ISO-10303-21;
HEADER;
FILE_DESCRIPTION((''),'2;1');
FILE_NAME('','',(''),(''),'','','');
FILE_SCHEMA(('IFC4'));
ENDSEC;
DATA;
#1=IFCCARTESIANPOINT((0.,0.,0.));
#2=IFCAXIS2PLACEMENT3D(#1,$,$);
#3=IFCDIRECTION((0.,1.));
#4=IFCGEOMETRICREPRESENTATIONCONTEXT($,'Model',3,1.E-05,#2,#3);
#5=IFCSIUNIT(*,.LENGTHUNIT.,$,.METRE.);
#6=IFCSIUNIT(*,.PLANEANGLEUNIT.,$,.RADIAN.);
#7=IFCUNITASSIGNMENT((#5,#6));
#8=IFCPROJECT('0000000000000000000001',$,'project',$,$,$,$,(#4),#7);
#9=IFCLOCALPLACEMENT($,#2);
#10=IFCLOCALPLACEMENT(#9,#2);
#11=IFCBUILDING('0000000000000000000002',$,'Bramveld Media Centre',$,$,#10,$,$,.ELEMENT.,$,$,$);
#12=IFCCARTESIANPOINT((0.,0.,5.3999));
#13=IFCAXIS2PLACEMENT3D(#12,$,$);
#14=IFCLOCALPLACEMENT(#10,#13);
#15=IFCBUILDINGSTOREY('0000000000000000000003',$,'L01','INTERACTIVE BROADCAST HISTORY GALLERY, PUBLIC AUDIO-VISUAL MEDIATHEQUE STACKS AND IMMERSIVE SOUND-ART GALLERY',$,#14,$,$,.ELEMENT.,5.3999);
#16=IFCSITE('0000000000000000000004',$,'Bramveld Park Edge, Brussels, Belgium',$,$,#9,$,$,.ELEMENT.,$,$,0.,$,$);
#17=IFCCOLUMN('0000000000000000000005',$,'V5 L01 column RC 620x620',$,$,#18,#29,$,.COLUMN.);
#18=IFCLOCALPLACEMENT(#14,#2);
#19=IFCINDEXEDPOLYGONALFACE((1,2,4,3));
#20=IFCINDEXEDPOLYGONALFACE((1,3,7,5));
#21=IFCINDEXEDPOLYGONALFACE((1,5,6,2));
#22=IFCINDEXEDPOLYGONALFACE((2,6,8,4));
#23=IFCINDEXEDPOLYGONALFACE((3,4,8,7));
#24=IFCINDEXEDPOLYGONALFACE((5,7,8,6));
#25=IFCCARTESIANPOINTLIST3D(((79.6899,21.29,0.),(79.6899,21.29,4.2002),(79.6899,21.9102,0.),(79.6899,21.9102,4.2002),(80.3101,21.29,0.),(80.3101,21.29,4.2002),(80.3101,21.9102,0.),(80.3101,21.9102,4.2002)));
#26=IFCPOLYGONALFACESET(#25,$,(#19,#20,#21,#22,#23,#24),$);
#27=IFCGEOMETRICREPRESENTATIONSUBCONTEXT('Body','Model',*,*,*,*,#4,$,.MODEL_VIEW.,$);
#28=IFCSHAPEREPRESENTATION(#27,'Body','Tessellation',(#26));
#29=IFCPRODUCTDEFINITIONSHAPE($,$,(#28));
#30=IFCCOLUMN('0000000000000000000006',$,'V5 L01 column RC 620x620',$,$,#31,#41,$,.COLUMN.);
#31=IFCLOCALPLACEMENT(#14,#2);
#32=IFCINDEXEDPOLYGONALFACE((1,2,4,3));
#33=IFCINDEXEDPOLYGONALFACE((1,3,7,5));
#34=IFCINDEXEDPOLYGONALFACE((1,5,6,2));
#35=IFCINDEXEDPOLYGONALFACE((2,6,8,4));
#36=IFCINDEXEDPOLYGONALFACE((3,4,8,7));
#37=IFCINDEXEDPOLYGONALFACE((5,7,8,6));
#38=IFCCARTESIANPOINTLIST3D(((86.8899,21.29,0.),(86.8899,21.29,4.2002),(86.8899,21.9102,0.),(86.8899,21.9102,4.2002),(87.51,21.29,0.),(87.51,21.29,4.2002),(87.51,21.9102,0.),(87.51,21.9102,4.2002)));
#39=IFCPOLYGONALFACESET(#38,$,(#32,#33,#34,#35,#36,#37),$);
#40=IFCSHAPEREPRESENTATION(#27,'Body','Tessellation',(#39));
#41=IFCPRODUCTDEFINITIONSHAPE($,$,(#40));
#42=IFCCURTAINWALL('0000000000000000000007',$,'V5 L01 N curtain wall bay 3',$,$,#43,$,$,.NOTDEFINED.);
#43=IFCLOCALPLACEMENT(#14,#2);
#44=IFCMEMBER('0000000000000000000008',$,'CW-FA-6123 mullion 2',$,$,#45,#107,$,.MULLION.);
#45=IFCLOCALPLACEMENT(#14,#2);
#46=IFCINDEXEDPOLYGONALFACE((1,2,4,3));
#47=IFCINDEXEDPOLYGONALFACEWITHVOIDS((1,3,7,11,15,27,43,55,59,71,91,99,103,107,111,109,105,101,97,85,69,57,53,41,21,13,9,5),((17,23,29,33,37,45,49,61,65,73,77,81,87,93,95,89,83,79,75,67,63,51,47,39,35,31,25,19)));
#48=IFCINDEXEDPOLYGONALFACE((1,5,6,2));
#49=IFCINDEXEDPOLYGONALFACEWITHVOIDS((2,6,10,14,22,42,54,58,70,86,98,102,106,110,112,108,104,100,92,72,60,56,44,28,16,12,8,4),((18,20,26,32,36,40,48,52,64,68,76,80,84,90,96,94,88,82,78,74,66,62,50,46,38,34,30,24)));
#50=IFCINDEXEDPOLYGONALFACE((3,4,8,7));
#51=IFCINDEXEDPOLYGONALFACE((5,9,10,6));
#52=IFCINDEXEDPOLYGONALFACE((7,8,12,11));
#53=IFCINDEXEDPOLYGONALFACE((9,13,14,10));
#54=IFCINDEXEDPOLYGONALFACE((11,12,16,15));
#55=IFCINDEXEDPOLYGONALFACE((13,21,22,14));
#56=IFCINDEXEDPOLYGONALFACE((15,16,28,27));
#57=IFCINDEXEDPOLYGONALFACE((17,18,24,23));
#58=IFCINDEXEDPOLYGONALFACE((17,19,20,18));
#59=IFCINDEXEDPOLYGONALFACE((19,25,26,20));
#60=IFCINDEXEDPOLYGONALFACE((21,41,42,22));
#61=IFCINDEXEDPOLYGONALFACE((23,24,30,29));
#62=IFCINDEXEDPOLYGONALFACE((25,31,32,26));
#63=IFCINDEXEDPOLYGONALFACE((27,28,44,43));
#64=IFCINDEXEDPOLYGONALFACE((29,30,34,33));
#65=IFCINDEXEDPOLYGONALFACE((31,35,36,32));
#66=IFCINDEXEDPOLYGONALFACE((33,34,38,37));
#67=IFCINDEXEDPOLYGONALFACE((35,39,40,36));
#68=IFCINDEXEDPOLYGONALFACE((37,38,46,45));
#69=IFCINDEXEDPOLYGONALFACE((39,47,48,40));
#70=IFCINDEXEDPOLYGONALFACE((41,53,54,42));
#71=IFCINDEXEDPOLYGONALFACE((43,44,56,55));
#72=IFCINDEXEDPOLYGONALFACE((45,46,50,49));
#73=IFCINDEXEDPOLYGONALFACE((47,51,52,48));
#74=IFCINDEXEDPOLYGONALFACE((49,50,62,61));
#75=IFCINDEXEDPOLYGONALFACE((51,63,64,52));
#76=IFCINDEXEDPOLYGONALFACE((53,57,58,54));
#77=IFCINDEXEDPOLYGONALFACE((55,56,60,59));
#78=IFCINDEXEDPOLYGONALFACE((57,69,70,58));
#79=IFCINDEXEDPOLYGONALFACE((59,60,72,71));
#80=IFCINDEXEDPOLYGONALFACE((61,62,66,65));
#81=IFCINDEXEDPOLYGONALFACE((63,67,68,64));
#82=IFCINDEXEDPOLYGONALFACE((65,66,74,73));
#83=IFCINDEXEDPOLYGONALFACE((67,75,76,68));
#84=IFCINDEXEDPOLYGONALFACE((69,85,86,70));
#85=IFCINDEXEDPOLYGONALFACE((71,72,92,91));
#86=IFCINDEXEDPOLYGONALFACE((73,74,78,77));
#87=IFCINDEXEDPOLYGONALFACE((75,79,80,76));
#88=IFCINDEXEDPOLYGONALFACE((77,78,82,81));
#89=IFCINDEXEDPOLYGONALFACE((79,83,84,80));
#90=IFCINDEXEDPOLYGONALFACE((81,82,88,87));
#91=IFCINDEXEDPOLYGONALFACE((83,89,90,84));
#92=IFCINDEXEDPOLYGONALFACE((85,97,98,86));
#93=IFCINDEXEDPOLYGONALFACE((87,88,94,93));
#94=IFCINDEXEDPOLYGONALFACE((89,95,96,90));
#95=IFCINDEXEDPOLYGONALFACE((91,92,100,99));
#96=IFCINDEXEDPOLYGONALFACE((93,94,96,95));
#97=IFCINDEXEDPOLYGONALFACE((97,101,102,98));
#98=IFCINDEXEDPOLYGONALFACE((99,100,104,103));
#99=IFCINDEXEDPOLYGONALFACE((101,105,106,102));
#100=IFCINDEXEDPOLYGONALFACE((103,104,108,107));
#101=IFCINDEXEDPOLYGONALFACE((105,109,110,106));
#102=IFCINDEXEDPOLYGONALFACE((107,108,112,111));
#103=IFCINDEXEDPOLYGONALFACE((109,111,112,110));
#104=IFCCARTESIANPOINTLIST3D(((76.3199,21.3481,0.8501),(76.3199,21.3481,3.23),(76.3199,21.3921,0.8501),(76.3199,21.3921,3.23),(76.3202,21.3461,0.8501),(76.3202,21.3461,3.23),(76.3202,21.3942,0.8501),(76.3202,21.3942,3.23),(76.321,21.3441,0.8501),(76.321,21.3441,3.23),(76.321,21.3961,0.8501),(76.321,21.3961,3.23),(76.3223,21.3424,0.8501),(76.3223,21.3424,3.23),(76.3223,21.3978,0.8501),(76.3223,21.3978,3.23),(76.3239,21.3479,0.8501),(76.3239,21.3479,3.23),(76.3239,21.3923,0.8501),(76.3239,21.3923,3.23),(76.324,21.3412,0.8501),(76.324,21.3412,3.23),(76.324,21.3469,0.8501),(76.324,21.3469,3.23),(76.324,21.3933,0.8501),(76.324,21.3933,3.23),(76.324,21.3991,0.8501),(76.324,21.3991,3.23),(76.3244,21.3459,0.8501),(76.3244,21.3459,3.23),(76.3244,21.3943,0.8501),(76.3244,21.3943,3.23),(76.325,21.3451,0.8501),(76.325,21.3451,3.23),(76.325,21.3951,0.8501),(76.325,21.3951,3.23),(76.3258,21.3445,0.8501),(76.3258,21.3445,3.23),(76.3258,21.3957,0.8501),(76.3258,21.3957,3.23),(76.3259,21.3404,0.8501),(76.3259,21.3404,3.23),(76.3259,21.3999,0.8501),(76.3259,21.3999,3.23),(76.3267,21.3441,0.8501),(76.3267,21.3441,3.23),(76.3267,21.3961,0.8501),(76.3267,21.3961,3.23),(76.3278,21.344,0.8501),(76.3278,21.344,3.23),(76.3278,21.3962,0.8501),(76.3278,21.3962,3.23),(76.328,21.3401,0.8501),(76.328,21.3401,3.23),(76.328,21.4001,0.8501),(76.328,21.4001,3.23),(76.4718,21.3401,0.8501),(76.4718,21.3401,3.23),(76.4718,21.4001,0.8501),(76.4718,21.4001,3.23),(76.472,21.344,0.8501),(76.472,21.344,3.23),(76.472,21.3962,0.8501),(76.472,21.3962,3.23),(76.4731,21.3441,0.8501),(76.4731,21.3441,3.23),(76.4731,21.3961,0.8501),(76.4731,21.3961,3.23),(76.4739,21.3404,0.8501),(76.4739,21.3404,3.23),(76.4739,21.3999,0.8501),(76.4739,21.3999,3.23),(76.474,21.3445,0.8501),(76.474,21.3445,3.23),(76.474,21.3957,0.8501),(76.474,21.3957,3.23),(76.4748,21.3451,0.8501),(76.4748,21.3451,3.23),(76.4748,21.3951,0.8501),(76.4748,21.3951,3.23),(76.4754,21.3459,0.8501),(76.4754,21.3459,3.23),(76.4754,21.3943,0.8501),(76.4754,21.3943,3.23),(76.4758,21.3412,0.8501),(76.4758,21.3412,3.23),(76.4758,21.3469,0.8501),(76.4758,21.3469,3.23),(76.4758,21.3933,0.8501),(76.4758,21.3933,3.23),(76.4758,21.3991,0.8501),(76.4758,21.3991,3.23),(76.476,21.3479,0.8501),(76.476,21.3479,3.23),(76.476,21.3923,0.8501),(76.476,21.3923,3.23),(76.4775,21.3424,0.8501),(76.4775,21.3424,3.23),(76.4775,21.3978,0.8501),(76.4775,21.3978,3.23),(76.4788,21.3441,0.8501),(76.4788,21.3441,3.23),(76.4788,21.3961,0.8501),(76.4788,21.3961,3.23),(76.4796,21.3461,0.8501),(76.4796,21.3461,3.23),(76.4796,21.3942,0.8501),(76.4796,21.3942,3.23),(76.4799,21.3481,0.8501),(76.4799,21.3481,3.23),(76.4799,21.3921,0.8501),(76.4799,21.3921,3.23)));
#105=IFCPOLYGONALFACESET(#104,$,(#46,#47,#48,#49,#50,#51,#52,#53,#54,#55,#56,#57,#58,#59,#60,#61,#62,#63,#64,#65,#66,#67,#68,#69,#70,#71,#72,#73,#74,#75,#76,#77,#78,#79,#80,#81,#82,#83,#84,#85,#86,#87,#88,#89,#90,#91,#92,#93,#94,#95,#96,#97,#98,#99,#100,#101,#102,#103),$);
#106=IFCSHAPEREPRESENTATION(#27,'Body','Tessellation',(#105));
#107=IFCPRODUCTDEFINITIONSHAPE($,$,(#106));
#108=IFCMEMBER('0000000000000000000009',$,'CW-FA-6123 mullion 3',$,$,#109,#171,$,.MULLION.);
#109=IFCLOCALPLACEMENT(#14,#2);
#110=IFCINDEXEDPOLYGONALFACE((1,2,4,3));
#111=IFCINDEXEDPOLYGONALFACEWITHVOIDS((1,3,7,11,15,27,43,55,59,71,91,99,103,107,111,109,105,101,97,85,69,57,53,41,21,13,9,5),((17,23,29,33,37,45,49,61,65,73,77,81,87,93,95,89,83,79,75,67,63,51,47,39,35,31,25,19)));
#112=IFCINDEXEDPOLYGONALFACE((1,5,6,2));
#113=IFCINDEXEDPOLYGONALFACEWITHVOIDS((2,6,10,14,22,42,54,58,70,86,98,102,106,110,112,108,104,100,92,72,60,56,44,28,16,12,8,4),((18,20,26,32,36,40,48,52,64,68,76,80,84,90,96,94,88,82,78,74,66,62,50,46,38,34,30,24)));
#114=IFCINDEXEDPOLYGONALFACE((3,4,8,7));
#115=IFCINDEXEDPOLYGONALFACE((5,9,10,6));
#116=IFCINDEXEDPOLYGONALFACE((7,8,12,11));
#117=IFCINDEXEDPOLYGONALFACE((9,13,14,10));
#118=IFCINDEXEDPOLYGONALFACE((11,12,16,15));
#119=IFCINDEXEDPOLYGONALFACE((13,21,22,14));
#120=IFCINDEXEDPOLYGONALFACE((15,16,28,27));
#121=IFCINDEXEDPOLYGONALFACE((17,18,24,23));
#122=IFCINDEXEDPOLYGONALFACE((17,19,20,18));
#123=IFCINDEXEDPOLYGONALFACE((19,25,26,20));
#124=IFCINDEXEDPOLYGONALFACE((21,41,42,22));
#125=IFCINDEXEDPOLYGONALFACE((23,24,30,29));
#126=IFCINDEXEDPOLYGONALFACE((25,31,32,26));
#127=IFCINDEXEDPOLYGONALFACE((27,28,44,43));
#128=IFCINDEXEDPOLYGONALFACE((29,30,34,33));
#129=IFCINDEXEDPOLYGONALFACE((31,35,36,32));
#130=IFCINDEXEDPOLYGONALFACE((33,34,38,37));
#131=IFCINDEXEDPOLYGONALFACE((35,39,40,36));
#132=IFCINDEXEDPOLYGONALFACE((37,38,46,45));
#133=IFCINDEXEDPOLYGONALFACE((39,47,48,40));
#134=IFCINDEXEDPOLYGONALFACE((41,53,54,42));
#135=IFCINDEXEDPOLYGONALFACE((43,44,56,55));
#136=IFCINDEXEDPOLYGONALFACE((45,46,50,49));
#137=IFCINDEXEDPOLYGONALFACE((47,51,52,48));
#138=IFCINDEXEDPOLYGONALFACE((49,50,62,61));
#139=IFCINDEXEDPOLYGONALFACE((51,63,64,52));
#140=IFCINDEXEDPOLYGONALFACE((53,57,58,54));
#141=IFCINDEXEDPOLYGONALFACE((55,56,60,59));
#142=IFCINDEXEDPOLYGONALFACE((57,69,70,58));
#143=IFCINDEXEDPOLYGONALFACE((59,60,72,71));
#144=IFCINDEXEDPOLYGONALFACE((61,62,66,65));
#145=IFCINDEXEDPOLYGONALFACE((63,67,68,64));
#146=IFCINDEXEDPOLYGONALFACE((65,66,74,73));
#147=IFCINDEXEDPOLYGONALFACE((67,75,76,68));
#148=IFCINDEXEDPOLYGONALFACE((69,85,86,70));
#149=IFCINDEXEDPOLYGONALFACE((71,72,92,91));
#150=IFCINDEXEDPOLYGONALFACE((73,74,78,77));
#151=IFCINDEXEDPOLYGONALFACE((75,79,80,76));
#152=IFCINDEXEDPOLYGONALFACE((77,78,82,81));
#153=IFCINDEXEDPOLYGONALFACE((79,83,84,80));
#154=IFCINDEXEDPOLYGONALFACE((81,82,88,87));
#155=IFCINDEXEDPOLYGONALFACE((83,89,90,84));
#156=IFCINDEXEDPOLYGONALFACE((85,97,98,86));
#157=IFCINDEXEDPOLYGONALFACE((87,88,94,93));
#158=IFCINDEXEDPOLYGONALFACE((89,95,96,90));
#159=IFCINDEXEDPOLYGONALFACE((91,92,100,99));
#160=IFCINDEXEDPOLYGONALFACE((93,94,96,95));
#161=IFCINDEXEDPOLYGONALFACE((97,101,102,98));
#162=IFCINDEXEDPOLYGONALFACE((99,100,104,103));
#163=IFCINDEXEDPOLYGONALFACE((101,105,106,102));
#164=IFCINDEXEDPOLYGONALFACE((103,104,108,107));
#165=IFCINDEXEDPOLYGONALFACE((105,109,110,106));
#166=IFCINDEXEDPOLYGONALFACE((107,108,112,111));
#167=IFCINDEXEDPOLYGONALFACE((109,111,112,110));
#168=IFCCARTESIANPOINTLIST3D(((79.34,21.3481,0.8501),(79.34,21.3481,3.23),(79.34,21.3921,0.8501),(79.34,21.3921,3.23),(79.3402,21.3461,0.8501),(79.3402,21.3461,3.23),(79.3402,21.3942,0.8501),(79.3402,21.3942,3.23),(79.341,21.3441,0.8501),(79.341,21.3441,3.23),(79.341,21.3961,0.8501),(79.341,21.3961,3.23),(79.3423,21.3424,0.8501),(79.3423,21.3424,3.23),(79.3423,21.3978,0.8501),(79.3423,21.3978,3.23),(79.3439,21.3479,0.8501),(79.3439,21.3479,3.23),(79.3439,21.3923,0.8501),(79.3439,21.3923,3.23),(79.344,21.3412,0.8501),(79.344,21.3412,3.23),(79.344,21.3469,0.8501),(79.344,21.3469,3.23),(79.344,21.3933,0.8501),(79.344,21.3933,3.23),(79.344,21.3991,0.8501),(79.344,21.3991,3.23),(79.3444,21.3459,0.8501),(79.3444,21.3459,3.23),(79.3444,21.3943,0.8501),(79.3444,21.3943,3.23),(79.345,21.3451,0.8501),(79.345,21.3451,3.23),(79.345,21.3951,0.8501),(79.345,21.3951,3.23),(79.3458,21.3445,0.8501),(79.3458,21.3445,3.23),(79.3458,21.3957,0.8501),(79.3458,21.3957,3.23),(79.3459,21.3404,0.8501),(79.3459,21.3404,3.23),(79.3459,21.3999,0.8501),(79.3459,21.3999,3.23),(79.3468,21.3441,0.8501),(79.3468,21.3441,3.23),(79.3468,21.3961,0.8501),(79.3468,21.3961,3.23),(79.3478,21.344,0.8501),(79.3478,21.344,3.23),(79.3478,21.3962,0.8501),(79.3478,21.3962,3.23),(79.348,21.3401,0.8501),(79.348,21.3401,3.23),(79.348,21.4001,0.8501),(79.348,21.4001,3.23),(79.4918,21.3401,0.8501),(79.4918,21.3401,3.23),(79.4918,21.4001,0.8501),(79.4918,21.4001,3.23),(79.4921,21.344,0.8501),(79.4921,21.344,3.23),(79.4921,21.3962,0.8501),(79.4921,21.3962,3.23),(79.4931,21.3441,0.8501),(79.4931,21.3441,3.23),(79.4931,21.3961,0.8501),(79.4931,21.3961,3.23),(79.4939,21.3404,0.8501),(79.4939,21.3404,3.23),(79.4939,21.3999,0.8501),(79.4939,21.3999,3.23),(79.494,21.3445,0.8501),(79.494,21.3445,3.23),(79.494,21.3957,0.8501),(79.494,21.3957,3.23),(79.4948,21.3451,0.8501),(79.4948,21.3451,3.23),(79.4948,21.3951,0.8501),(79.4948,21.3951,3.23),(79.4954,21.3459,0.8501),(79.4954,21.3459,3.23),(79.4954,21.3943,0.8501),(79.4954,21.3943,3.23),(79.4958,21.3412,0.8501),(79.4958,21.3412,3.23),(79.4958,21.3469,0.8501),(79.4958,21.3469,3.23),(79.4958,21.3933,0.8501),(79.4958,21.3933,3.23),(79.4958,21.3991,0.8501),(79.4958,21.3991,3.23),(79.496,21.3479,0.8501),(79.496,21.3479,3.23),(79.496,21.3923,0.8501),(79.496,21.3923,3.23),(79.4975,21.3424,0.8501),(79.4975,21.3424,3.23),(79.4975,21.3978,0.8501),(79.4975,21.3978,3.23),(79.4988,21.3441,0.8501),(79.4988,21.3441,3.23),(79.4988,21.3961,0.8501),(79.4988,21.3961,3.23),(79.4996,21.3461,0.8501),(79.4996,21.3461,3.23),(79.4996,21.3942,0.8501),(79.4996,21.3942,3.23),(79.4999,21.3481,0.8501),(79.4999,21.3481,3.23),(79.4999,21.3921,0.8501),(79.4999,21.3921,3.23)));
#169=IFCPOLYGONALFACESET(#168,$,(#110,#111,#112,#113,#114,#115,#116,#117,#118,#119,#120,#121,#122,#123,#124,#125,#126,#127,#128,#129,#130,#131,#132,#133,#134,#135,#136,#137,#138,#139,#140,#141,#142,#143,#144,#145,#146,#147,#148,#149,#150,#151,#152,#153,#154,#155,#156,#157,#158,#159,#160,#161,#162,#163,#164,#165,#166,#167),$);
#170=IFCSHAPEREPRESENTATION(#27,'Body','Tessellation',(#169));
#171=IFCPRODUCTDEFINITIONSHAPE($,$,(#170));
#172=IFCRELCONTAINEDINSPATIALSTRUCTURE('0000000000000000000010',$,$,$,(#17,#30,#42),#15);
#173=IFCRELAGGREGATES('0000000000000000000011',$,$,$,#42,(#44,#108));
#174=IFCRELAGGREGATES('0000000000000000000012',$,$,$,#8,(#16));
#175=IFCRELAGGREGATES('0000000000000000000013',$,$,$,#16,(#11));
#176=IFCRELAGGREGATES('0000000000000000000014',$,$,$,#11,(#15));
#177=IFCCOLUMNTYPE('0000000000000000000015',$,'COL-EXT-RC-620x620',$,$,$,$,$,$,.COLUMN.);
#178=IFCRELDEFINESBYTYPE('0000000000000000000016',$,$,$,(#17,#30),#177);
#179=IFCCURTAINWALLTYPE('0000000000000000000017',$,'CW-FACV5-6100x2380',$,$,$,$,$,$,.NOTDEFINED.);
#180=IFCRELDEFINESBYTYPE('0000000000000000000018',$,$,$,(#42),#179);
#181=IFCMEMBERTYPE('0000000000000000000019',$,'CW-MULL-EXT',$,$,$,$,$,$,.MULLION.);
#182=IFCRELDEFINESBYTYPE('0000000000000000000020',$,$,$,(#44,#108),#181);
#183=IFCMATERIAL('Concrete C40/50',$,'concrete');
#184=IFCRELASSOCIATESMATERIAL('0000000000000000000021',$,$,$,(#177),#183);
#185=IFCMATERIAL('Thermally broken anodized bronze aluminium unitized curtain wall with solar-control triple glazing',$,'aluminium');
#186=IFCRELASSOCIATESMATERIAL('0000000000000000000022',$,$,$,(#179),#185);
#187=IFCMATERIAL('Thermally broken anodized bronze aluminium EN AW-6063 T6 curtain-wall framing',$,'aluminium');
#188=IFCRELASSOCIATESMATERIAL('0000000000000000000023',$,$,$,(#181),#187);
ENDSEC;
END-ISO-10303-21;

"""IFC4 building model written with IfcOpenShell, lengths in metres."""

from ifc_helpers import new_model, si_unit, direction, frame, origin, origin_2d, place, context, subcontext, project, spatial, rectangle, hollow_rectangle, extrude, material, material_profile, profile_set, type_object, element, aggregate, save


model = new_model("IFC4")

# Units and contexts
model_context = context("Model", 3, precision=1e-05, world=origin(), true_north=direction((0.0, 1.0)))
body_context = subcontext(model_context, "Body", "Model", "MODEL_VIEW")
ifc_project = project(units=[si_unit("LENGTHUNIT", "METRE"), si_unit("PLANEANGLEUNIT", "RADIAN")], contexts=[model_context])

# Site, building, storey
site_placement = place(None, origin())
site = spatial("IfcSite", under=ifc_project, at=site_placement, Name="Bramveld Park Edge, Brussels, Belgium", CompositionType="ELEMENT", RefElevation=0.0)
building_placement = place(site_placement, origin())
building = spatial("IfcBuilding", under=site, at=building_placement, Name="Bramveld Media Centre", CompositionType="ELEMENT")
storey_placement = place(building_placement, frame((0.0, 0.0, 5.3999)))
storey = spatial("IfcBuildingStorey", under=building, at=storey_placement, Name="L01", Description="INTERACTIVE BROADCAST HISTORY GALLERY, PUBLIC AUDIO-VISUAL MEDIATHEQUE STACKS AND IMMERSIVE SOUND-ART GALLERY", CompositionType="ELEMENT", Elevation=5.3999)

# Columns
ifc_material_1 = material(Name="Concrete C40/50", Category="concrete")
ifc_material_profile_1 = material_profile(ifc_material_1, rectangle(XDim=0.6201, YDim=0.6201, at=origin_2d()), Name="RC 620x620")
ifc_profile_set_1 = profile_set([ifc_material_profile_1], Name="Concrete C40/50")
column_type = type_object("IfcColumnType", Name="COL-EXT-RC-620x620", PredefinedType="COLUMN", material=ifc_profile_set_1)
for number, where, z_axis, x_axis, name in (
    (1, (80.0, 21.6001, 0.0), (0.0, 0.0, 1.0), (1.0, 0.0, 0.0), "V5 L01 column RC 620x620"),
    (2, (87.2, 21.6001, 0.0), (0.0, 0.0, 1.0), (1.0, 0.0, 0.0), "V5 L01 column RC 620x620"),
):
    element("IfcColumn", number, at=place(storey_placement, frame(where, z_axis=z_axis, x_axis=x_axis)), inside=storey, type_object=column_type, Name=name, PredefinedType="COLUMN", context=body_context, shape_type="SweptSolid", body=[
        extrude(rectangle(XDim=0.6201, YDim=0.6201, at=origin_2d()), origin(), (0.0, 0.0, 1.0), 4.2002),
    ])

# Curtain wall, members
ifc_material_2 = material(Name="Thermally broken anodized bronze aluminium unitized curtain wall with solar-control triple glazing", Category="aluminium")
curtain_wall_type = type_object("IfcCurtainWallType", Name="CW-FACV5-6100x2380", PredefinedType="NOTDEFINED", material=ifc_material_2)
curtain_wall_1_placement = place(storey_placement, origin())
curtain_wall_1 = element("IfcCurtainWall", 3, at=curtain_wall_1_placement, inside=storey, type_object=curtain_wall_type, Name="V5 L01 N curtain wall bay 3", PredefinedType="NOTDEFINED")
ifc_material_3 = material(Name="Thermally broken anodized bronze aluminium EN AW-6063 T6 curtain-wall framing", Category="aluminium")
ifc_material_profile_2 = material_profile(ifc_material_3, hollow_rectangle(XDim=0.0601, YDim=0.1599, WallThickness=0.0039, InnerFilletRadius=0.0039, OuterFilletRadius=0.0081, at=origin_2d()), Name="AL-MULL 60x160")
ifc_profile_set_2 = profile_set([ifc_material_profile_2], Name="Thermally broken anodized bronze aluminium EN AW-6063 T6 curtain-wall framing")
member_type_1 = type_object("IfcMemberType", Name="CW-MULL-EXT", PredefinedType="MULLION", material=ifc_profile_set_2)
member_1_placement = place(storey_placement, frame((76.3999, 21.3701, 0.8501), z_axis=(0.0, 0.0, 1.0), x_axis=(0.0, 1.0, 0.0)))
member_1 = element("IfcMember", 4, at=member_1_placement, type_object=member_type_1, Name="CW-FA-6123 mullion 2", PredefinedType="MULLION", context=body_context, shape_type="SweptSolid", body=[
    extrude(hollow_rectangle(XDim=0.0601, YDim=0.1599, WallThickness=0.0039, InnerFilletRadius=0.0039, OuterFilletRadius=0.0081, at=origin_2d()), origin(), (0.0, 0.0, 1.0), 2.3799),
])
member_2_placement = place(storey_placement, frame((79.4199, 21.3701, 0.8501), z_axis=(0.0, 0.0, 1.0), x_axis=(0.0, 1.0, 0.0)))
member_2 = element("IfcMember", 5, at=member_2_placement, type_object=member_type_1, Name="CW-FA-6123 mullion 3", PredefinedType="MULLION", context=body_context, shape_type="SweptSolid", body=[
    extrude(hollow_rectangle(XDim=0.0601, YDim=0.1599, WallThickness=0.0039, InnerFilletRadius=0.0039, OuterFilletRadius=0.0081, at=origin_2d()), origin(), (0.0, 0.0, 1.0), 2.3799),
])

aggregate(curtain_wall_1, [member_1, member_2])

save(model, "model.ifc")
